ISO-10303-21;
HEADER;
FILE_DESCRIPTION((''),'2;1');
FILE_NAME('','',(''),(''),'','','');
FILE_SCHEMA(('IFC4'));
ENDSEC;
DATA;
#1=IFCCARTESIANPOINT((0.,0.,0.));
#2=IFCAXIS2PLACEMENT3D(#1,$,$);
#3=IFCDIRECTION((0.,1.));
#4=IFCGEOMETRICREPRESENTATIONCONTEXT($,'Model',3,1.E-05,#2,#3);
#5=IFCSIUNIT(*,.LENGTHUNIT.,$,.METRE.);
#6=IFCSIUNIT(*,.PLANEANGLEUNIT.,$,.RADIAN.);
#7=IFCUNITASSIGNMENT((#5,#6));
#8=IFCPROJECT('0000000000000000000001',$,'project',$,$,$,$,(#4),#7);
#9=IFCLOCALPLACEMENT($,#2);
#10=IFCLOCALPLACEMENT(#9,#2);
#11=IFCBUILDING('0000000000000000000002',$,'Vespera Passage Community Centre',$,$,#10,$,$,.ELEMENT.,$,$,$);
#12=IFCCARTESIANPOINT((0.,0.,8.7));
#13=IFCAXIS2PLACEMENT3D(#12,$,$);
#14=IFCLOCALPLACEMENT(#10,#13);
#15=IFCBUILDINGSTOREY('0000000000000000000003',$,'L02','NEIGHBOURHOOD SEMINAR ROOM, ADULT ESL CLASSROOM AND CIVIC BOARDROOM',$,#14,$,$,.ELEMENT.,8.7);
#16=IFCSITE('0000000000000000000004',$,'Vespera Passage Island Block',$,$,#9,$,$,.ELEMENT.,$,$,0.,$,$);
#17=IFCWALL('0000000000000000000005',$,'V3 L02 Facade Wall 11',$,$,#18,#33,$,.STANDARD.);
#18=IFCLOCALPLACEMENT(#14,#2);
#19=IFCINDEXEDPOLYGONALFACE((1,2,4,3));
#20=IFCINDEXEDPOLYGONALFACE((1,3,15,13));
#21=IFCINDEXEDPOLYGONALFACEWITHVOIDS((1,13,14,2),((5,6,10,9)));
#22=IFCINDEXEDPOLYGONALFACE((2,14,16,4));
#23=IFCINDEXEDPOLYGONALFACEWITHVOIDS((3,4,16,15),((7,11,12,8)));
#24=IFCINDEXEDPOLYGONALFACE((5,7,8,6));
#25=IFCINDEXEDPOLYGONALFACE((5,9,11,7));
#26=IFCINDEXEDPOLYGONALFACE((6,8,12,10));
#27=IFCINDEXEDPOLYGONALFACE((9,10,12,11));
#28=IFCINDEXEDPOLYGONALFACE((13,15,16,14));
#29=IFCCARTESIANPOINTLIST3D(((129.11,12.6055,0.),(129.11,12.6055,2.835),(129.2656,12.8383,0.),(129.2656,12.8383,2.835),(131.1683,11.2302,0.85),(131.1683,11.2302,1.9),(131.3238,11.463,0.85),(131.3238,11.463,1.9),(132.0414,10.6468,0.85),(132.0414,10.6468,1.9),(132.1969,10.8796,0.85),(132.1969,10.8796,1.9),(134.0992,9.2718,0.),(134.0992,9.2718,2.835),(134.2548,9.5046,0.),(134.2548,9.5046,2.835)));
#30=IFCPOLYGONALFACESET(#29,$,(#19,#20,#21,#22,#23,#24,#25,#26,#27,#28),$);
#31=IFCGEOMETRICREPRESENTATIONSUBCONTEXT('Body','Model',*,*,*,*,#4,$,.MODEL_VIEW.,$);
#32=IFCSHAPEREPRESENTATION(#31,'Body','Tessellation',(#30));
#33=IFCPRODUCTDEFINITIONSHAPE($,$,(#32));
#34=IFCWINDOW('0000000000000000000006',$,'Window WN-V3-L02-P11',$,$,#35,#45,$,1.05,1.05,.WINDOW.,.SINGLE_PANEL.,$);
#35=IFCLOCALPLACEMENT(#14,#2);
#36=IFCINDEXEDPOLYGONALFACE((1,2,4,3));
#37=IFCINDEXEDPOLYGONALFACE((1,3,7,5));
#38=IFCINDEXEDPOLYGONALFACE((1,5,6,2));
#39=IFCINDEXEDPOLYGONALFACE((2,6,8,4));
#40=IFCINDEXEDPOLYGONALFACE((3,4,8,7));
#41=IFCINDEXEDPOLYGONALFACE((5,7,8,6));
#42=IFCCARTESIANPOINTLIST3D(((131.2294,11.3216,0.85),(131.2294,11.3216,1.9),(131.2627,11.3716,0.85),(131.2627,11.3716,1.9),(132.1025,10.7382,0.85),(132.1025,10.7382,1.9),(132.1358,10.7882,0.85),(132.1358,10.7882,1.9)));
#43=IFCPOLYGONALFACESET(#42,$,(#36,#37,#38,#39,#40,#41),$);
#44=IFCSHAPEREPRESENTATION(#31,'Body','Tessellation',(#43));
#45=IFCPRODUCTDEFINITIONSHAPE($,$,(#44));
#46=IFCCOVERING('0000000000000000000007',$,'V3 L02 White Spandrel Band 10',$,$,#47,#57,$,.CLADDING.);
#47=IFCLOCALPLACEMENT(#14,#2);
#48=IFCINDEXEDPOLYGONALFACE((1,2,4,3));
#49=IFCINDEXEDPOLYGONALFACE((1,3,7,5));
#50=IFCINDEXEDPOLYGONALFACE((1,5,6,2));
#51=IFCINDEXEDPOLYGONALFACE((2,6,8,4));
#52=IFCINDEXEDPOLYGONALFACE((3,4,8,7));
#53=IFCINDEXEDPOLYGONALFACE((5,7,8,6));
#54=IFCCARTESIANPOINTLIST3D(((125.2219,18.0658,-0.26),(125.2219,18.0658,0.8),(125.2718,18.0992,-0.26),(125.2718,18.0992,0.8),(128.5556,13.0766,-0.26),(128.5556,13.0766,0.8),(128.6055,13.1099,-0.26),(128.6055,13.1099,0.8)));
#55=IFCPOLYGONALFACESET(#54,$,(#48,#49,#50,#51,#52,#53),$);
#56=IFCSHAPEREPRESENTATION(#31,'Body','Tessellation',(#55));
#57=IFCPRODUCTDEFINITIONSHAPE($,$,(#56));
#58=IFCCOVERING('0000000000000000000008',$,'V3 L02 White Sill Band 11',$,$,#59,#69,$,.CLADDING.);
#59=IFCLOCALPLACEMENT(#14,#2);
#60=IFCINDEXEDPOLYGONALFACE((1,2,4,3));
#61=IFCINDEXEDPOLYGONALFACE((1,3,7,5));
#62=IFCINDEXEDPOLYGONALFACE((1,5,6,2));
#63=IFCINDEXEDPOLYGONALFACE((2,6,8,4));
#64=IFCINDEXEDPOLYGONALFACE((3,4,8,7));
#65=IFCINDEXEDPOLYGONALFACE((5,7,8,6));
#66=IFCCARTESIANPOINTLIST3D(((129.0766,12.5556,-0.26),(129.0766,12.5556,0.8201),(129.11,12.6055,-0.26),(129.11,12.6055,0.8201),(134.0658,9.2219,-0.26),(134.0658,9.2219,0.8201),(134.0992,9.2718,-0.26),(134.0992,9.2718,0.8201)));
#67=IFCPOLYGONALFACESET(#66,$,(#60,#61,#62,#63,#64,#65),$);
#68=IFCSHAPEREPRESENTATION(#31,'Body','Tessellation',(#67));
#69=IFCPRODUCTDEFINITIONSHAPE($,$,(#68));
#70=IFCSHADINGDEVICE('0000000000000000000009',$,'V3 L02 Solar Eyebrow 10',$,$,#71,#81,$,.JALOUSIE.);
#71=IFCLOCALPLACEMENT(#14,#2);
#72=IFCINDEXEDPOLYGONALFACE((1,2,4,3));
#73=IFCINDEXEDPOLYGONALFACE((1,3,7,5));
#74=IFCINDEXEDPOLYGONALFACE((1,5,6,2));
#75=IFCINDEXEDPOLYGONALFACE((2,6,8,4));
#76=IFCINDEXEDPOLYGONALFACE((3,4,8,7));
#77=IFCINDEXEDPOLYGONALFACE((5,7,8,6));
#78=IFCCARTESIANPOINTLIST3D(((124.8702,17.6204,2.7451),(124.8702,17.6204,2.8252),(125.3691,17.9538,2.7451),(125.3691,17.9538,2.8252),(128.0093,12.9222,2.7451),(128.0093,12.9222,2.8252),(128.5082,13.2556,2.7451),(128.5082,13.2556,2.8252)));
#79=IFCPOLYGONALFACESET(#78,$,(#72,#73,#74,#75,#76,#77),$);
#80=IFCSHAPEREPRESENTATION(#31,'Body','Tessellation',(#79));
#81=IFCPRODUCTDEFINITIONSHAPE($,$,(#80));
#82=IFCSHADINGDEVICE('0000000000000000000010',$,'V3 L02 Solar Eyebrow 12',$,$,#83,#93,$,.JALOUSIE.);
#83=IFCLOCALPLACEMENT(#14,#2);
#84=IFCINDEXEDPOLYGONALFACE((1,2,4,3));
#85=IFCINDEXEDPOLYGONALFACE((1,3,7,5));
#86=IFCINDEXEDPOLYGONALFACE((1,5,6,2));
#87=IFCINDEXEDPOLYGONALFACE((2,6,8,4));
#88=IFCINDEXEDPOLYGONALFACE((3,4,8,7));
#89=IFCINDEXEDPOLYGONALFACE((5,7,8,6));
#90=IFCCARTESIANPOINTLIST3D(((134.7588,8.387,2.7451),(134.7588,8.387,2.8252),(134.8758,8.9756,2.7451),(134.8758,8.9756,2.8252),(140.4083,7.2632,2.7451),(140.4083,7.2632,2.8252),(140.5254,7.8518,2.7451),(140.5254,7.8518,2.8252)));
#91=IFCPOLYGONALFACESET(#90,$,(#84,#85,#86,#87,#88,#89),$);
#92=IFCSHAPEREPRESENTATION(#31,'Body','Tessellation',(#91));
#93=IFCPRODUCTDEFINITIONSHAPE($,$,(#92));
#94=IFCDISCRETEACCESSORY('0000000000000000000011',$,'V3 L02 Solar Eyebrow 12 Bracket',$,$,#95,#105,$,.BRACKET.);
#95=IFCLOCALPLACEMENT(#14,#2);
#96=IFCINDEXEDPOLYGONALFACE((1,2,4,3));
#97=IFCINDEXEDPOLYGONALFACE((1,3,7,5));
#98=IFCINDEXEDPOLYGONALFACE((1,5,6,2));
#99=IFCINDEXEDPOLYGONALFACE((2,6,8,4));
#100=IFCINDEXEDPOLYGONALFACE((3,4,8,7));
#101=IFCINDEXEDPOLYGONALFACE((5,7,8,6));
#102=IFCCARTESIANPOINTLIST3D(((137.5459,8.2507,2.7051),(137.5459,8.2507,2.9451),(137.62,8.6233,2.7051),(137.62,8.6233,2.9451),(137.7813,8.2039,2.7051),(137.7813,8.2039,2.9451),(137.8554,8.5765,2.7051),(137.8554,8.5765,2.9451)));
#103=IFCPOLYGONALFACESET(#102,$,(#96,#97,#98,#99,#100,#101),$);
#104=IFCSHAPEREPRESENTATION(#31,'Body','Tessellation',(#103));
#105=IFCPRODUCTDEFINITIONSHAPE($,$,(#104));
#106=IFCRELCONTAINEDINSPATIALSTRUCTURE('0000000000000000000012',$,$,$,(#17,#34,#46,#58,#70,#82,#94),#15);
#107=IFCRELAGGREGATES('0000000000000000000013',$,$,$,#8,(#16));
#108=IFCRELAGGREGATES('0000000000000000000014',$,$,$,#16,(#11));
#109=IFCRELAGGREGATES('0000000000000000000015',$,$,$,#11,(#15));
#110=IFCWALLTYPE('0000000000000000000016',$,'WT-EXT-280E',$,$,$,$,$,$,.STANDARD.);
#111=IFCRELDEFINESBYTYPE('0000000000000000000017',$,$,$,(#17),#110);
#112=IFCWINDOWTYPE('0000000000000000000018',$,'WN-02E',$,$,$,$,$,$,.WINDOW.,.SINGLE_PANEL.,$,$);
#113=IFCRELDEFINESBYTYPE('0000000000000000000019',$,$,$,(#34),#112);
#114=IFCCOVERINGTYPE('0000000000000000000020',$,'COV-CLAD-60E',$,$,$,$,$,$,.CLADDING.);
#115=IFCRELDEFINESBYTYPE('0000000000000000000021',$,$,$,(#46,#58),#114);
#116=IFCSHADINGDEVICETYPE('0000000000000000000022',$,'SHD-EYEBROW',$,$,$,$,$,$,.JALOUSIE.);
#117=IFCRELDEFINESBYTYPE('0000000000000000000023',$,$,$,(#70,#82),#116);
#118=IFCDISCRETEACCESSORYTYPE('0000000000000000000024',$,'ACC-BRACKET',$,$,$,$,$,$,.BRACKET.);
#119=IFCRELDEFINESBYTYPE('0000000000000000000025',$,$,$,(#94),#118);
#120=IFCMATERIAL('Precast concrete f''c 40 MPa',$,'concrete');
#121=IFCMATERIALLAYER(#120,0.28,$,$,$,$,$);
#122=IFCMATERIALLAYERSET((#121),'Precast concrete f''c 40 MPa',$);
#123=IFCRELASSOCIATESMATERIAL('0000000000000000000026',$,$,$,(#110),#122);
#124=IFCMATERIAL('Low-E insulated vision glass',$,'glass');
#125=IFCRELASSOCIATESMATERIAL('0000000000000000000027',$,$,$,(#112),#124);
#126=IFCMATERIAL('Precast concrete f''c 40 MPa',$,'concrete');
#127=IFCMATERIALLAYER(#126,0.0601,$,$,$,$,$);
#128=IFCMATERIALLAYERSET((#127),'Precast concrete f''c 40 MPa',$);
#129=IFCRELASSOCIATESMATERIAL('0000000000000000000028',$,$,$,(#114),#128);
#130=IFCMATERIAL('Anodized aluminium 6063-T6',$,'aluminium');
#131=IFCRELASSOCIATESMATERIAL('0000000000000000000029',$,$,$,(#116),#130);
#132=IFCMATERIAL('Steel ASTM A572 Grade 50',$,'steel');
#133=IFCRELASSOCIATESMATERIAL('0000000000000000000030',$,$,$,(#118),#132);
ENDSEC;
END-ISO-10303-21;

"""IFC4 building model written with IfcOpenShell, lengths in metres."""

from ifc_helpers import new_model, si_unit, direction, frame, frame_2d, origin, origin_2d, place, context, subcontext, project, spatial, rectangle, extrude, material, layer, layer_set, type_object, element, fill, save


model = new_model("IFC4")

# Units and contexts
model_context = context("Model", 3, precision=1e-05, world=origin(), true_north=direction((0.0, 1.0)))
body_context = subcontext(model_context, "Body", "Model", "MODEL_VIEW")
ifc_project = project(units=[si_unit("LENGTHUNIT", "METRE"), si_unit("PLANEANGLEUNIT", "RADIAN")], contexts=[model_context])

# Site, building, storey
site_placement = place(None, origin())
site = spatial("IfcSite", under=ifc_project, at=site_placement, Name="Vespera Passage Island Block", CompositionType="ELEMENT", RefElevation=0.0)
building_placement = place(site_placement, origin())
building = spatial("IfcBuilding", under=site, at=building_placement, Name="Vespera Passage Community Centre", CompositionType="ELEMENT")
storey_placement = place(building_placement, frame((0.0, 0.0, 8.7)))
storey = spatial("IfcBuildingStorey", under=building, at=storey_placement, Name="L02", Description="NEIGHBOURHOOD SEMINAR ROOM, ADULT ESL CLASSROOM AND CIVIC BOARDROOM", CompositionType="ELEMENT", Elevation=8.7)

# Shared definitions
ifc_material_1 = material(Name="Precast concrete f'c 40 MPa", Category="concrete")
ifc_layer_1 = layer(ifc_material_1, 0.28)
ifc_layer_set_1 = layer_set([ifc_layer_1], Name="Precast concrete f'c 40 MPa")
wall_type_1 = type_object("IfcWallType", Name="WT-EXT-280E", PredefinedType="STANDARD", material=ifc_layer_set_1)

# Wall, opening, window
wall_1_placement = place(storey_placement, frame((134.177, 9.3882, 0.0), z_axis=(0.0, 0.0, 1.0), x_axis=(-0.831468, 0.555573, 0.0)))
wall_1 = element("IfcWall", 1, at=wall_1_placement, inside=storey, type_object=wall_type_1, Name="V3 L02 Facade Wall 11", PredefinedType="STANDARD", context=body_context, shape_type="SweptSolid", body=[
    extrude(rectangle(XDim=6.0005, YDim=0.28, at=frame_2d((3.0002, 0.0))), origin(), (0.0, 0.0, 1.0), 2.835),
])
opening_placement = place(wall_1_placement, frame((2.4751, 0.0, 0.8501)))
opening = element("IfcOpeningElement", 2, at=opening_placement, cuts=wall_1, PredefinedType="OPENING", context=body_context, shape_type="SweptSolid", body=[
    extrude(rectangle(XDim=1.05, YDim=1.05, at=frame_2d((0.5249, 0.5249))), frame((0.0, 0.1501, 0.0), z_axis=(0.0, -1.0, 0.0), x_axis=(1.0, 0.0, 0.0)), (0.0, 0.0, 1.0), 0.3),
])
ifc_material_2 = material(Name="Low-E insulated vision glass", Category="glass")
window_type = type_object("IfcWindowType", Name="WN-02E", PartitioningType="SINGLE_PANEL", PredefinedType="WINDOW", material=ifc_material_2)
window_placement = place(opening_placement, origin())
window = element("IfcWindow", 3, at=window_placement, inside=storey, type_object=window_type, Name="Window WN-V3-L02-P11", OverallHeight=1.05, OverallWidth=1.05, PartitioningType="SINGLE_PANEL", PredefinedType="WINDOW", context=body_context, shape_type="SweptSolid", body=[
    extrude(rectangle(XDim=1.05, YDim=1.05, at=frame_2d((0.5249, 0.5249))), frame((0.0, 0.03, 0.0), z_axis=(0.0, -1.0, 0.0), x_axis=(1.0, 0.0, 0.0)), (0.0, 0.0, 1.0), 0.0601),
])
fill(opening, window)

# Coverings
ifc_material_3 = material(Name="Precast concrete f'c 40 MPa", Category="concrete")
ifc_layer_2 = layer(ifc_material_3, 0.0601)
ifc_layer_set_2 = layer_set([ifc_layer_2], Name="Precast concrete f'c 40 MPa")
covering_type = type_object("IfcCoveringType", Name="COV-CLAD-60E", PredefinedType="CLADDING", material=ifc_layer_set_2)
covering_1_placement = place(storey_placement, frame((128.5806, 13.0933, -0.26), z_axis=(0.0, 0.0, 1.0), x_axis=(-0.555573, 0.831468, 0.0)))
element("IfcCovering", 4, at=covering_1_placement, inside=storey, type_object=covering_type, Name="V3 L02 White Spandrel Band 10", PredefinedType="CLADDING", context=body_context, shape_type="SweptSolid", body=[
    extrude(rectangle(XDim=6.0005, YDim=0.0601, at=frame_2d((3.0002, 0.0))), origin(), (0.0, 0.0, 1.0), 1.0601),
])
covering_2_placement = place(storey_placement, frame((134.0825, 9.2468, -0.26), z_axis=(0.0, 0.0, 1.0), x_axis=(-0.831468, 0.555573, 0.0)))
element("IfcCovering", 5, at=covering_2_placement, inside=storey, type_object=covering_type, Name="V3 L02 White Sill Band 11", PredefinedType="CLADDING", context=body_context, shape_type="SweptSolid", body=[
    extrude(rectangle(XDim=6.0005, YDim=0.0601, at=frame_2d((3.0002, 0.0))), origin(), (0.0, 0.0, 1.0), 1.0801),
])

# Shading devices
ifc_material_4 = material(Name="Anodized aluminium 6063-T6", Category="aluminium")
shading_device_type = type_object("IfcShadingDeviceType", Name="SHD-EYEBROW", PredefinedType="JALOUSIE", material=ifc_material_4)
shading_device_1_placement = place(storey_placement, frame((126.6892, 15.438, 2.7451), z_axis=(0.0, 0.0, 1.0), x_axis=(-0.555556, 0.831479, 0.0)))
element("IfcShadingDevice", 6, at=shading_device_1_placement, inside=storey, type_object=shading_device_type, Name="V3 L02 Solar Eyebrow 10", PredefinedType="JALOUSIE", context=body_context, shape_type="SweptSolid", body=[
    extrude(rectangle(XDim=5.6504, YDim=0.6001, at=origin_2d()), origin(), (0.0, 0.0, 1.0), 0.0801),
])
shading_device_2_placement = place(storey_placement, frame((137.6421, 8.1194, 2.7451), z_axis=(0.0, 0.0, 1.0), x_axis=(-0.980785, 0.19509, 0.0)))
element("IfcShadingDevice", 7, at=shading_device_2_placement, inside=storey, type_object=shading_device_type, Name="V3 L02 Solar Eyebrow 12", PredefinedType="JALOUSIE", context=body_context, shape_type="SweptSolid", body=[
    extrude(rectangle(XDim=5.7603, YDim=0.6001, at=origin_2d()), origin(), (0.0, 0.0, 1.0), 0.0801),
])

# Discrete accessory
ifc_material_5 = material(Name="Steel ASTM A572 Grade 50", Category="steel")
discrete_accessory_type = type_object("IfcDiscreteAccessoryType", Name="ACC-BRACKET", PredefinedType="BRACKET", material=ifc_material_5)
discrete_accessory_placement = place(storey_placement, frame((137.7007, 8.4136, 2.7051), z_axis=(0.0, 0.0, 1.0), x_axis=(-0.980785, 0.19509, 0.0)))
element("IfcDiscreteAccessory", 8, at=discrete_accessory_placement, inside=storey, type_object=discrete_accessory_type, Name="V3 L02 Solar Eyebrow 12 Bracket", PredefinedType="BRACKET", context=body_context, shape_type="SweptSolid", body=[
    extrude(rectangle(XDim=0.24, YDim=0.3799, at=origin_2d()), origin(), (0.0, 0.0, 1.0), 0.24),
])

save(model, "model.ifc")
